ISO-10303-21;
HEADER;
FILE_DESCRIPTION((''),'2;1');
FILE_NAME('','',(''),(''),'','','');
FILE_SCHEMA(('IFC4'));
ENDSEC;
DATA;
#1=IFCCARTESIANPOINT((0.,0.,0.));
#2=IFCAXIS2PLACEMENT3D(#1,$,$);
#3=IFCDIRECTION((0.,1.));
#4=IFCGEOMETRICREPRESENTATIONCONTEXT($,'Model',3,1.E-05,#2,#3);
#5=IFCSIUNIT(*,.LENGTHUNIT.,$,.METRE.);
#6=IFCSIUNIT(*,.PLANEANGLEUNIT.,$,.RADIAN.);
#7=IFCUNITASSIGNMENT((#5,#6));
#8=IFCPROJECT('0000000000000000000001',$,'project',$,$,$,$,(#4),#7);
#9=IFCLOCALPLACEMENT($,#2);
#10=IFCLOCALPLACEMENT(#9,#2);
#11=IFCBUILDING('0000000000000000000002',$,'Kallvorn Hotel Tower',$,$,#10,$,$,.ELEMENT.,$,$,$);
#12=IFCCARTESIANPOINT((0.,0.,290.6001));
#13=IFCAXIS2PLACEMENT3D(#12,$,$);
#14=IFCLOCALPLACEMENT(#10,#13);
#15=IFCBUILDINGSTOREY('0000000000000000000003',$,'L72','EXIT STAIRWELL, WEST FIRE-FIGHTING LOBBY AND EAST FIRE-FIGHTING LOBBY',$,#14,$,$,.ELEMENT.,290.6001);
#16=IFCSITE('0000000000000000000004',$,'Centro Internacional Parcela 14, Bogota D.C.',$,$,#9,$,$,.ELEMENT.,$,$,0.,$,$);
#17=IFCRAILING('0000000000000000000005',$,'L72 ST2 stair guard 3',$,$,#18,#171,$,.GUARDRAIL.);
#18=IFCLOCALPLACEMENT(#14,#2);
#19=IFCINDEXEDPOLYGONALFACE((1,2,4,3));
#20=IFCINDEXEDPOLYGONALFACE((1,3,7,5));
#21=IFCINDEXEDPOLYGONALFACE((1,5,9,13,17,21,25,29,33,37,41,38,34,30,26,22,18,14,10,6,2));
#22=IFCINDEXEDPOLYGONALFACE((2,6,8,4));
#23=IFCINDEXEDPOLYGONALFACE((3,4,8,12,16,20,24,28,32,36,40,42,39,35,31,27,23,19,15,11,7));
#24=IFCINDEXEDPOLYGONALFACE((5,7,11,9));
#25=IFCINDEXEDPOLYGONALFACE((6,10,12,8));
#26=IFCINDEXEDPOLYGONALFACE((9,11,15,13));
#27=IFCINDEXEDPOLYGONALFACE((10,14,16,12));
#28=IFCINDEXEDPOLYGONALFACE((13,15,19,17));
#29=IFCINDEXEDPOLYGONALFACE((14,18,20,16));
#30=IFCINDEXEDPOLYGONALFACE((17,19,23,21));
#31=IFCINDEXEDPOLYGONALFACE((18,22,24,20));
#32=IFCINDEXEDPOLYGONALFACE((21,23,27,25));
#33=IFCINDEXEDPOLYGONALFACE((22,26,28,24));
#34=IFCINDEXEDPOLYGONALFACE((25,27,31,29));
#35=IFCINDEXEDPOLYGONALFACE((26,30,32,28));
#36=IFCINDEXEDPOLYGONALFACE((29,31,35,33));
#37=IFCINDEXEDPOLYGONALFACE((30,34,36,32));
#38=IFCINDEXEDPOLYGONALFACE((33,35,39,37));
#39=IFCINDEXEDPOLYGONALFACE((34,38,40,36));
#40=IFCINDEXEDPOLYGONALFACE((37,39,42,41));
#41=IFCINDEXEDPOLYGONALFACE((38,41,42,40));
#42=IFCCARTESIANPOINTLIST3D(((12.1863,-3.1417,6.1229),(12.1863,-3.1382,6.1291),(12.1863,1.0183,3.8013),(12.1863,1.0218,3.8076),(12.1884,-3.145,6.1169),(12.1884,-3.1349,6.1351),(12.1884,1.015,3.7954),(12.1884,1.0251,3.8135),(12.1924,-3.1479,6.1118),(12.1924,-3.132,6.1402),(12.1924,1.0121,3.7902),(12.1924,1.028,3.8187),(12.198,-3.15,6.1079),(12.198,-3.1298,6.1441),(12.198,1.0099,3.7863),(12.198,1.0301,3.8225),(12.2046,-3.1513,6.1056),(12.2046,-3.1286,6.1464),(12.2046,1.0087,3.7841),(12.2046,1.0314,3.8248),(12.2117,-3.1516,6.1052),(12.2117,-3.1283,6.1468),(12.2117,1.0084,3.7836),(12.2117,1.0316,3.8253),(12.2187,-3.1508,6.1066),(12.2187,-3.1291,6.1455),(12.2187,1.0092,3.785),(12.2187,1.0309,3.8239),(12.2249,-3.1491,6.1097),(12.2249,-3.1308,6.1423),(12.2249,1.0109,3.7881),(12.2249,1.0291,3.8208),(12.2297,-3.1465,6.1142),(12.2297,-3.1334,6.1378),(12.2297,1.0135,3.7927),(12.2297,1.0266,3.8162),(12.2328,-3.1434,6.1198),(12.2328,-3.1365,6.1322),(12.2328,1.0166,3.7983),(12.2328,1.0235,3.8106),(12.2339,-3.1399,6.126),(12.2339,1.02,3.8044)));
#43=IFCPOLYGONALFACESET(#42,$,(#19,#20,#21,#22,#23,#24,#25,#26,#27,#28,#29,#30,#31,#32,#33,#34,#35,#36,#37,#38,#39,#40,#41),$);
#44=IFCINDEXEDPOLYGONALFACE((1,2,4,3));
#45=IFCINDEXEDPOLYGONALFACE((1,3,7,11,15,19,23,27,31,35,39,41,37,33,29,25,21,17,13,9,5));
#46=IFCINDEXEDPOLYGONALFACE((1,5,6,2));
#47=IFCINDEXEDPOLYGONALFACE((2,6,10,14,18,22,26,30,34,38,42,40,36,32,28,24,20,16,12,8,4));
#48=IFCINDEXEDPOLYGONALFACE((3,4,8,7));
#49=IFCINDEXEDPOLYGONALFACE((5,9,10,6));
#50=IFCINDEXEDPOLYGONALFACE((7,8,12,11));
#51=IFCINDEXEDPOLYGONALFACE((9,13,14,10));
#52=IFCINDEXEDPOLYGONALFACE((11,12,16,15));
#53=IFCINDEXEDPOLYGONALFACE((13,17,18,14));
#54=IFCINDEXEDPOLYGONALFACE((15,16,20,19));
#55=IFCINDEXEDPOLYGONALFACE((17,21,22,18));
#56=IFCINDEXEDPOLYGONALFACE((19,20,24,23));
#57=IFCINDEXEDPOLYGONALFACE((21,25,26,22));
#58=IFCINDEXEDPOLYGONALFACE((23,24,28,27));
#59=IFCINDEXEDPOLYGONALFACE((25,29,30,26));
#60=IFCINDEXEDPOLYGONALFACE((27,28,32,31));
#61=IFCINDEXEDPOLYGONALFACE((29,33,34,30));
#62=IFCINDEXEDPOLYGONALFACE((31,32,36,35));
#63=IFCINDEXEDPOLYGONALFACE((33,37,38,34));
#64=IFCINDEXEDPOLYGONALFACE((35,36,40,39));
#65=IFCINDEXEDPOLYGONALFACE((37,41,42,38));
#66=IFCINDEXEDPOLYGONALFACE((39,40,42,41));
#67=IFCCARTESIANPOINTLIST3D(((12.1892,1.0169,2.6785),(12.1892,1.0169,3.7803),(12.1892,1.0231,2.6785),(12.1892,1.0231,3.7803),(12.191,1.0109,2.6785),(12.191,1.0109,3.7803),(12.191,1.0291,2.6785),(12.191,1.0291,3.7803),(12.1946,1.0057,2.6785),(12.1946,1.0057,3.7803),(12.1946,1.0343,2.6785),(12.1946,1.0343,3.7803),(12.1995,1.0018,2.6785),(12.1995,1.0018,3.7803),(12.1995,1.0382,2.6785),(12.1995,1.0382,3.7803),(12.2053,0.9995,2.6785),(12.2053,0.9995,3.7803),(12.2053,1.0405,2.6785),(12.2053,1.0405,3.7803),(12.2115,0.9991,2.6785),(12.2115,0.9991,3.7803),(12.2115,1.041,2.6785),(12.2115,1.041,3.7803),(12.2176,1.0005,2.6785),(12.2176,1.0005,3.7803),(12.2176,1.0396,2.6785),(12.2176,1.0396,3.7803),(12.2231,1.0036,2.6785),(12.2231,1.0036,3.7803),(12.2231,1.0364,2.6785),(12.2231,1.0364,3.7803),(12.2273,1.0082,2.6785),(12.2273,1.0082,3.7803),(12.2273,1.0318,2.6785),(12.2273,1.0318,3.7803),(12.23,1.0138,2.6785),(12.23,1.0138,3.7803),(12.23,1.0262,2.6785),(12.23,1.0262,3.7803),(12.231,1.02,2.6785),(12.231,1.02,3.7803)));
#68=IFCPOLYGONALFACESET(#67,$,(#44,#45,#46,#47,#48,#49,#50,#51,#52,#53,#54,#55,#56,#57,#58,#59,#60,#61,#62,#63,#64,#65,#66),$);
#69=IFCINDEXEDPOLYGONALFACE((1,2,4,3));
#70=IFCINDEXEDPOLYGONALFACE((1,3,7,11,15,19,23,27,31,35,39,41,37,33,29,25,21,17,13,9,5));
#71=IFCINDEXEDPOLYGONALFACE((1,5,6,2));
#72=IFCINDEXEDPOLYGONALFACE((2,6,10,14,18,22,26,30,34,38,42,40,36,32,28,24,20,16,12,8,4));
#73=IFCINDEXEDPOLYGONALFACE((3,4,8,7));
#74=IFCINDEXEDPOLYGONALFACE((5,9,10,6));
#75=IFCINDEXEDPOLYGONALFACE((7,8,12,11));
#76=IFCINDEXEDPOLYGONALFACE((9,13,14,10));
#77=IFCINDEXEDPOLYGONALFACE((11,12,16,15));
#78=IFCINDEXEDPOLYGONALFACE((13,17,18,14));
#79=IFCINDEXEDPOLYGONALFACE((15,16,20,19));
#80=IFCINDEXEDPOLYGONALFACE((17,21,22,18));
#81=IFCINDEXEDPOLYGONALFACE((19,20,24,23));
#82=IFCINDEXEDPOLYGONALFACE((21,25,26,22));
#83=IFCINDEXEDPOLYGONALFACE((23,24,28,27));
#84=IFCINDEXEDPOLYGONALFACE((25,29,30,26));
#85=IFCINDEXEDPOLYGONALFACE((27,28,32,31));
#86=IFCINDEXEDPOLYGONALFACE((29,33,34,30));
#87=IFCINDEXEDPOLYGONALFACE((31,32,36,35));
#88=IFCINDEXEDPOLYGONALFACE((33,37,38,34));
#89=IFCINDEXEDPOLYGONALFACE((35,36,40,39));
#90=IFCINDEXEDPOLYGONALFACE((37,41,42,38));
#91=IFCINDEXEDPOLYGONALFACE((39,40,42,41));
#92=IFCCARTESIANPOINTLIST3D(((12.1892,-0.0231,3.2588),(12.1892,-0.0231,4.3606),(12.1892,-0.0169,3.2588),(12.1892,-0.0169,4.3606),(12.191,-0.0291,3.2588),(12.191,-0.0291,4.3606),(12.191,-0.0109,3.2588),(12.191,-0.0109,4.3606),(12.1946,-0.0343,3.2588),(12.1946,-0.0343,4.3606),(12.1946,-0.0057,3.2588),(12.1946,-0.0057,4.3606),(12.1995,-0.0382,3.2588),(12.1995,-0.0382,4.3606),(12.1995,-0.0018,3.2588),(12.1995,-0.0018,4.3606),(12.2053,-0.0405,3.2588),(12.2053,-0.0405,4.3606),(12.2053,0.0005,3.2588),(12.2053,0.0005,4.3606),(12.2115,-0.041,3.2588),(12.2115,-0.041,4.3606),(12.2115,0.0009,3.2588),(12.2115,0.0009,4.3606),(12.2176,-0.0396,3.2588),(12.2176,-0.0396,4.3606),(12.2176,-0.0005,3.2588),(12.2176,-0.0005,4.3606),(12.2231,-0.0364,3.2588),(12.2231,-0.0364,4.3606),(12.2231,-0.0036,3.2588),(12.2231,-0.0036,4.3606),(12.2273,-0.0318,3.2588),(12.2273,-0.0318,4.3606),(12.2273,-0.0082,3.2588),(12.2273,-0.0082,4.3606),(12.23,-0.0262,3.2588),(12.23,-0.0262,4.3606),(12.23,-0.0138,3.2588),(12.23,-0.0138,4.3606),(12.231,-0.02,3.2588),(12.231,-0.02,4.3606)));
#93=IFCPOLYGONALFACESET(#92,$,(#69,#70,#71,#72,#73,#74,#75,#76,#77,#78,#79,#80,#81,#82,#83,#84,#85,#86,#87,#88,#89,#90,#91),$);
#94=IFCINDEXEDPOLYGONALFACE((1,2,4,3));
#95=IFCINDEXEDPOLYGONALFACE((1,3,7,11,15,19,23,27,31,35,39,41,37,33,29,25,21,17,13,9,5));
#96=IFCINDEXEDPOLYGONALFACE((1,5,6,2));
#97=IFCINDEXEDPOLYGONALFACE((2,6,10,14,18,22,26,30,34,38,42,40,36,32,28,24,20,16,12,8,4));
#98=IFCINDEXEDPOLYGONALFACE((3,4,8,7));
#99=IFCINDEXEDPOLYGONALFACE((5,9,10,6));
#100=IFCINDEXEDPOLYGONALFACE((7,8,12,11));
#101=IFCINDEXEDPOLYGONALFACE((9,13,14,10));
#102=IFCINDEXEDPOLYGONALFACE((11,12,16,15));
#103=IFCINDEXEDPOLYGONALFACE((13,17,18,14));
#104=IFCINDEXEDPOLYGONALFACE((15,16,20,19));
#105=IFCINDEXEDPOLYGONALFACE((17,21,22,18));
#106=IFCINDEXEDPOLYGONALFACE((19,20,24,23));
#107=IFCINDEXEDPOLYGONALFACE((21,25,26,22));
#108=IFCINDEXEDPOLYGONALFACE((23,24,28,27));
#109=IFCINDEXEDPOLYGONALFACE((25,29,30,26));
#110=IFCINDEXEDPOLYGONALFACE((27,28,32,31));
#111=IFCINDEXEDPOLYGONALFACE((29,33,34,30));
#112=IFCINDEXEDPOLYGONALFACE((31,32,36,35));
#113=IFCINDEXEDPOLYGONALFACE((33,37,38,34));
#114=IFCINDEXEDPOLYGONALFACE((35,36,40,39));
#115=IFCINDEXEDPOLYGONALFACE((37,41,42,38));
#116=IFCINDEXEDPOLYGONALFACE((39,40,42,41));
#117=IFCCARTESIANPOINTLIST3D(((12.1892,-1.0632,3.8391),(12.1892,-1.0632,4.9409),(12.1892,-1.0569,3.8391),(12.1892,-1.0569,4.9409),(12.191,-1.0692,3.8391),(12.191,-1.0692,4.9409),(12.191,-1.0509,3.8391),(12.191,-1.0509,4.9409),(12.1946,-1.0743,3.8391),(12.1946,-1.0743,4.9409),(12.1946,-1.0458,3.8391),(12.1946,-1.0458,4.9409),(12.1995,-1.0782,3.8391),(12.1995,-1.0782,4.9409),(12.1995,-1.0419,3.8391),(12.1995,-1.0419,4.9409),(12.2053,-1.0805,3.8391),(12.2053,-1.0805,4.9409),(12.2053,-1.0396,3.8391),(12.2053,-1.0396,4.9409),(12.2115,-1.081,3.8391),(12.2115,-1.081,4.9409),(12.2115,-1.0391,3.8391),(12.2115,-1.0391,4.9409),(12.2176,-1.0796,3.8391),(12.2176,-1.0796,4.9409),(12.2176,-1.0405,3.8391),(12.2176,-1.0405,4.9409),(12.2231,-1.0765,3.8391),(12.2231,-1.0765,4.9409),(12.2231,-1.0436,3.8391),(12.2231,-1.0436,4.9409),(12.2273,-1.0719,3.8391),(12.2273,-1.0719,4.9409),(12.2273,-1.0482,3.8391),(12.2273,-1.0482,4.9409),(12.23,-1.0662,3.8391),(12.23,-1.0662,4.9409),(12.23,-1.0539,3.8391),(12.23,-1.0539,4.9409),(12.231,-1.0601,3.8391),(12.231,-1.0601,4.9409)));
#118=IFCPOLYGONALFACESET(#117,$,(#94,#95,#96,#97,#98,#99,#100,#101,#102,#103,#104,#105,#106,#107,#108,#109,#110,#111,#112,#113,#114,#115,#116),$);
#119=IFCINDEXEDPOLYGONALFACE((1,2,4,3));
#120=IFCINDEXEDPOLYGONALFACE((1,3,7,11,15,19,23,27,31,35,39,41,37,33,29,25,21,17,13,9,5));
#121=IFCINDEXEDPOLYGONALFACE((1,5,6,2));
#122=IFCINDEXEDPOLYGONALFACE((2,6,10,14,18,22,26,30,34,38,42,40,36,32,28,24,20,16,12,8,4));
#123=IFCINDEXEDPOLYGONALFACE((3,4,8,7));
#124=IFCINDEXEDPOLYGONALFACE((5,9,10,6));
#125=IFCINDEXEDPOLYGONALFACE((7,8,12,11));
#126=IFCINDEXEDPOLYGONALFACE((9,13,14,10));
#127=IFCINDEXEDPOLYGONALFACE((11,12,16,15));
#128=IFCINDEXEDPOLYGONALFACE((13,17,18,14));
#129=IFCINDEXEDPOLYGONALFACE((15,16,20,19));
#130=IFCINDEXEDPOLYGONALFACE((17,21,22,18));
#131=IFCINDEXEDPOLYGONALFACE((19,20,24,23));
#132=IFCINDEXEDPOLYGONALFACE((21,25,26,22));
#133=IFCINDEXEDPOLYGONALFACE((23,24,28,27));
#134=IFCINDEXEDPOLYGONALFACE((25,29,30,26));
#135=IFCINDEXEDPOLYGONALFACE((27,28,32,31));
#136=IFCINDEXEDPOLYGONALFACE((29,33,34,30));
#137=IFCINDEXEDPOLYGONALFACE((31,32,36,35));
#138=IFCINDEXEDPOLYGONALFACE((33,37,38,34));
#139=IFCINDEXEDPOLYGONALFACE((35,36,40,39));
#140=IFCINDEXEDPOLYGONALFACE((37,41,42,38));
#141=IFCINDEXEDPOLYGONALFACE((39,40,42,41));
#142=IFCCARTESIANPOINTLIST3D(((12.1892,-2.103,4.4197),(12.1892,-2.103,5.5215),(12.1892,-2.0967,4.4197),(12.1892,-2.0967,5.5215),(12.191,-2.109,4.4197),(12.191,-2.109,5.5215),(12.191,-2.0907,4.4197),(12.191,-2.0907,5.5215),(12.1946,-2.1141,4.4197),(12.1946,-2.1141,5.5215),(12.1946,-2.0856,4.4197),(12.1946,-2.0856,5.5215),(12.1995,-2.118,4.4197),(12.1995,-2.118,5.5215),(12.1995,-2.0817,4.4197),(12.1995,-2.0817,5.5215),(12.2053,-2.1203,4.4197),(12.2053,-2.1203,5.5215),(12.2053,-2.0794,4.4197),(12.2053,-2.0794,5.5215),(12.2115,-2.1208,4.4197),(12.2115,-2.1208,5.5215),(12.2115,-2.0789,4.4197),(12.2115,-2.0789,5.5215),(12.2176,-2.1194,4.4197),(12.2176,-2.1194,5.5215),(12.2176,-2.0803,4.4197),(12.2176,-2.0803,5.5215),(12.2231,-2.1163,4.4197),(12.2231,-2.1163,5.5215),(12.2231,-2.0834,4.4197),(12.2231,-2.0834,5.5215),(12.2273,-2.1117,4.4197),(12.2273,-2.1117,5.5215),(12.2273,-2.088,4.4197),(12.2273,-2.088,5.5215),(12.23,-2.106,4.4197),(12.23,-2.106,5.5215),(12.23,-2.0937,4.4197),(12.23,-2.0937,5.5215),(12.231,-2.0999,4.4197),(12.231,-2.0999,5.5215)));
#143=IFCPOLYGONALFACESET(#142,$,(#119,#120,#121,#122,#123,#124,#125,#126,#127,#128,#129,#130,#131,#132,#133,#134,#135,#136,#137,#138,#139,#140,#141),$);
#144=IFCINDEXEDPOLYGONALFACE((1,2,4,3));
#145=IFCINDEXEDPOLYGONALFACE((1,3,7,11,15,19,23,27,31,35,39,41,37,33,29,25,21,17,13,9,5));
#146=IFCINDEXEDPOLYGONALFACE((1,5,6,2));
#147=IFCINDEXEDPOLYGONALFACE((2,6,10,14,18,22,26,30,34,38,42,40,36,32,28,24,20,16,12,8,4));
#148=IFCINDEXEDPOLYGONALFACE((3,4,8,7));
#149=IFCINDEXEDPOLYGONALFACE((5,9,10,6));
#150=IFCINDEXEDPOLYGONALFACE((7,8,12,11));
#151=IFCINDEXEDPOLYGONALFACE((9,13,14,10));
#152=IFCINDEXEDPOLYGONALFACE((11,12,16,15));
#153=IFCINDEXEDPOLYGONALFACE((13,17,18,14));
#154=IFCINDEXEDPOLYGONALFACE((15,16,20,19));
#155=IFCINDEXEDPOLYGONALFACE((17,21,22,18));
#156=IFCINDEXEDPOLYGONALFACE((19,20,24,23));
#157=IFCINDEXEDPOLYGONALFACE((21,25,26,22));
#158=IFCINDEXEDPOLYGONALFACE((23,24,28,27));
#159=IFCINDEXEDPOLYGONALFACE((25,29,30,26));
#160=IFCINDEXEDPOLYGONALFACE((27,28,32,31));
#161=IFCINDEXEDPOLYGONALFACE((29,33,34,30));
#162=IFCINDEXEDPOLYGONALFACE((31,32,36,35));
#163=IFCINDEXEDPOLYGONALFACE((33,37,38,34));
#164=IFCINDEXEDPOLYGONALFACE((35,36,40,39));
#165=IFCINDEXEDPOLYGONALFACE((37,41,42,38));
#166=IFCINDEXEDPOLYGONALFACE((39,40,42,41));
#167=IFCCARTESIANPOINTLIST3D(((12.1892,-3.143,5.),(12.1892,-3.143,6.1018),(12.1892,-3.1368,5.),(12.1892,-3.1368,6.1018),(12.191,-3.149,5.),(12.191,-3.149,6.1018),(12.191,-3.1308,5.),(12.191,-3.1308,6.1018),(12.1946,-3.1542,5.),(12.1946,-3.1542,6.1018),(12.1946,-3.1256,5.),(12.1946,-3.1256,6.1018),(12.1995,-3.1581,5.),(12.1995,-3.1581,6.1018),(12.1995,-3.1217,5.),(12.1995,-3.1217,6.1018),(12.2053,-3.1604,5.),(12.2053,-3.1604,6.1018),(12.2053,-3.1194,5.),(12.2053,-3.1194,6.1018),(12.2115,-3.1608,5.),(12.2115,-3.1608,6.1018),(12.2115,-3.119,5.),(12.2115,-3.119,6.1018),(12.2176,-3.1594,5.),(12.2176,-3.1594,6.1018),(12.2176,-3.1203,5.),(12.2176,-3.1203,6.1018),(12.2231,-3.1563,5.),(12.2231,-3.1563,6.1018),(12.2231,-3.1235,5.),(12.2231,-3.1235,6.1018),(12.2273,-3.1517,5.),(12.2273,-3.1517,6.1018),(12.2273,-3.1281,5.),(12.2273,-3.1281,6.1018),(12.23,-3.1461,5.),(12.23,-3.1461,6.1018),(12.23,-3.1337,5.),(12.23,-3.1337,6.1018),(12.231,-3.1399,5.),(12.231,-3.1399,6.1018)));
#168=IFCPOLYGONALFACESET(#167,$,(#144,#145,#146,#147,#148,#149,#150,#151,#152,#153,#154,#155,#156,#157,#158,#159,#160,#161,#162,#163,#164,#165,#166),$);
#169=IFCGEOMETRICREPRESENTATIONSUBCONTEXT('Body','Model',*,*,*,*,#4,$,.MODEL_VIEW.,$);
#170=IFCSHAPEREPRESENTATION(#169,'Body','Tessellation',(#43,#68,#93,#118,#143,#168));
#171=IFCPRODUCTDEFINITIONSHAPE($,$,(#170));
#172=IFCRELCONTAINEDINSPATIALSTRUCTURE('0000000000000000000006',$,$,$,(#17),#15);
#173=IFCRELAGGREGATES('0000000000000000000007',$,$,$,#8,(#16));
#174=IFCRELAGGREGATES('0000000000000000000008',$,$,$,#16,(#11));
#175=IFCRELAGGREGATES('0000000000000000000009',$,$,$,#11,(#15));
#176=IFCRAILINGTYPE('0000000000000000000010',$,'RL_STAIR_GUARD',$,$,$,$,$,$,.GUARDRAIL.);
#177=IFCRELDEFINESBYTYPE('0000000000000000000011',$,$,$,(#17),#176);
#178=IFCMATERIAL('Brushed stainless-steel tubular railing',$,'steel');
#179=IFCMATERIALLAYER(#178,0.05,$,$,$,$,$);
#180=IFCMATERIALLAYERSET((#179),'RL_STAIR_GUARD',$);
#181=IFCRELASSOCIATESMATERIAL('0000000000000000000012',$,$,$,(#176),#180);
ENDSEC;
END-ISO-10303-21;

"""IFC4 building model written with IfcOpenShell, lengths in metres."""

from ifc_helpers import new_model, si_unit, direction, frame, origin, origin_2d, place, context, subcontext, project, spatial, circle, extrude, material, layer, layer_set, type_object, element, save


model = new_model("IFC4")

# Units and contexts
model_context = context("Model", 3, precision=1e-05, world=origin(), true_north=direction((0.0, 1.0)))
body_context = subcontext(model_context, "Body", "Model", "MODEL_VIEW")
ifc_project = project(units=[si_unit("LENGTHUNIT", "METRE"), si_unit("PLANEANGLEUNIT", "RADIAN")], contexts=[model_context])

# Site, building, storey
site_placement = place(None, origin())
site = spatial("IfcSite", under=ifc_project, at=site_placement, Name="Centro Internacional Parcela 14, Bogota D.C.", CompositionType="ELEMENT", RefElevation=0.0)
building_placement = place(site_placement, origin())
building = spatial("IfcBuilding", under=site, at=building_placement, Name="Kallvorn Hotel Tower", CompositionType="ELEMENT")
storey_placement = place(building_placement, frame((0.0, 0.0, 290.6001)))
storey = spatial("IfcBuildingStorey", under=building, at=storey_placement, Name="L72", Description="EXIT STAIRWELL, WEST FIRE-FIGHTING LOBBY AND EAST FIRE-FIGHTING LOBBY", CompositionType="ELEMENT", Elevation=290.6001)

# Railing
ifc_material_1 = material(Name="Brushed stainless-steel tubular railing", Category="steel")
ifc_layer_1 = layer(ifc_material_1, 0.05)
ifc_layer_set_1 = layer_set([ifc_layer_1], Name="RL_STAIR_GUARD")
railing_type_1 = type_object("IfcRailingType", Name="RL_STAIR_GUARD", PredefinedType="GUARDRAIL", material=ifc_layer_set_1)
railing_1_placement = place(storey_placement, frame((12.21, 1.02, 2.6785)))
element("IfcRailing", 1, at=railing_1_placement, inside=storey, type_object=railing_type_1, Name="L72 ST2 stair guard 3", PredefinedType="GUARDRAIL", context=body_context, shape_type="SweptSolid", body=[
    extrude(circle(Radius=0.0239, at=origin_2d()), frame((0.0, 0.0, 1.126), z_axis=(0.0, -0.873223, 0.487322), x_axis=(1.0, 0.0, 0.0)), (0.0, 0.0, 1.0), 4.7639),
    extrude(circle(Radius=0.021, at=origin_2d()), origin(), (0.0, 0.0, 1.0), 1.1018),
    extrude(circle(Radius=0.021, at=origin_2d()), frame((0.0, -1.04, 0.5803)), (0.0, 0.0, 1.0), 1.1018),
    extrude(circle(Radius=0.021, at=origin_2d()), frame((0.0, -2.0801, 1.1606)), (0.0, 0.0, 1.0), 1.1018),
    extrude(circle(Radius=0.021, at=origin_2d()), frame((0.0, -3.1199, 1.7412)), (0.0, 0.0, 1.0), 1.1018),
    extrude(circle(Radius=0.021, at=origin_2d()), frame((0.0, -4.1599, 2.3215)), (0.0, 0.0, 1.0), 1.1018),
])

save(model, "model.ifc")
